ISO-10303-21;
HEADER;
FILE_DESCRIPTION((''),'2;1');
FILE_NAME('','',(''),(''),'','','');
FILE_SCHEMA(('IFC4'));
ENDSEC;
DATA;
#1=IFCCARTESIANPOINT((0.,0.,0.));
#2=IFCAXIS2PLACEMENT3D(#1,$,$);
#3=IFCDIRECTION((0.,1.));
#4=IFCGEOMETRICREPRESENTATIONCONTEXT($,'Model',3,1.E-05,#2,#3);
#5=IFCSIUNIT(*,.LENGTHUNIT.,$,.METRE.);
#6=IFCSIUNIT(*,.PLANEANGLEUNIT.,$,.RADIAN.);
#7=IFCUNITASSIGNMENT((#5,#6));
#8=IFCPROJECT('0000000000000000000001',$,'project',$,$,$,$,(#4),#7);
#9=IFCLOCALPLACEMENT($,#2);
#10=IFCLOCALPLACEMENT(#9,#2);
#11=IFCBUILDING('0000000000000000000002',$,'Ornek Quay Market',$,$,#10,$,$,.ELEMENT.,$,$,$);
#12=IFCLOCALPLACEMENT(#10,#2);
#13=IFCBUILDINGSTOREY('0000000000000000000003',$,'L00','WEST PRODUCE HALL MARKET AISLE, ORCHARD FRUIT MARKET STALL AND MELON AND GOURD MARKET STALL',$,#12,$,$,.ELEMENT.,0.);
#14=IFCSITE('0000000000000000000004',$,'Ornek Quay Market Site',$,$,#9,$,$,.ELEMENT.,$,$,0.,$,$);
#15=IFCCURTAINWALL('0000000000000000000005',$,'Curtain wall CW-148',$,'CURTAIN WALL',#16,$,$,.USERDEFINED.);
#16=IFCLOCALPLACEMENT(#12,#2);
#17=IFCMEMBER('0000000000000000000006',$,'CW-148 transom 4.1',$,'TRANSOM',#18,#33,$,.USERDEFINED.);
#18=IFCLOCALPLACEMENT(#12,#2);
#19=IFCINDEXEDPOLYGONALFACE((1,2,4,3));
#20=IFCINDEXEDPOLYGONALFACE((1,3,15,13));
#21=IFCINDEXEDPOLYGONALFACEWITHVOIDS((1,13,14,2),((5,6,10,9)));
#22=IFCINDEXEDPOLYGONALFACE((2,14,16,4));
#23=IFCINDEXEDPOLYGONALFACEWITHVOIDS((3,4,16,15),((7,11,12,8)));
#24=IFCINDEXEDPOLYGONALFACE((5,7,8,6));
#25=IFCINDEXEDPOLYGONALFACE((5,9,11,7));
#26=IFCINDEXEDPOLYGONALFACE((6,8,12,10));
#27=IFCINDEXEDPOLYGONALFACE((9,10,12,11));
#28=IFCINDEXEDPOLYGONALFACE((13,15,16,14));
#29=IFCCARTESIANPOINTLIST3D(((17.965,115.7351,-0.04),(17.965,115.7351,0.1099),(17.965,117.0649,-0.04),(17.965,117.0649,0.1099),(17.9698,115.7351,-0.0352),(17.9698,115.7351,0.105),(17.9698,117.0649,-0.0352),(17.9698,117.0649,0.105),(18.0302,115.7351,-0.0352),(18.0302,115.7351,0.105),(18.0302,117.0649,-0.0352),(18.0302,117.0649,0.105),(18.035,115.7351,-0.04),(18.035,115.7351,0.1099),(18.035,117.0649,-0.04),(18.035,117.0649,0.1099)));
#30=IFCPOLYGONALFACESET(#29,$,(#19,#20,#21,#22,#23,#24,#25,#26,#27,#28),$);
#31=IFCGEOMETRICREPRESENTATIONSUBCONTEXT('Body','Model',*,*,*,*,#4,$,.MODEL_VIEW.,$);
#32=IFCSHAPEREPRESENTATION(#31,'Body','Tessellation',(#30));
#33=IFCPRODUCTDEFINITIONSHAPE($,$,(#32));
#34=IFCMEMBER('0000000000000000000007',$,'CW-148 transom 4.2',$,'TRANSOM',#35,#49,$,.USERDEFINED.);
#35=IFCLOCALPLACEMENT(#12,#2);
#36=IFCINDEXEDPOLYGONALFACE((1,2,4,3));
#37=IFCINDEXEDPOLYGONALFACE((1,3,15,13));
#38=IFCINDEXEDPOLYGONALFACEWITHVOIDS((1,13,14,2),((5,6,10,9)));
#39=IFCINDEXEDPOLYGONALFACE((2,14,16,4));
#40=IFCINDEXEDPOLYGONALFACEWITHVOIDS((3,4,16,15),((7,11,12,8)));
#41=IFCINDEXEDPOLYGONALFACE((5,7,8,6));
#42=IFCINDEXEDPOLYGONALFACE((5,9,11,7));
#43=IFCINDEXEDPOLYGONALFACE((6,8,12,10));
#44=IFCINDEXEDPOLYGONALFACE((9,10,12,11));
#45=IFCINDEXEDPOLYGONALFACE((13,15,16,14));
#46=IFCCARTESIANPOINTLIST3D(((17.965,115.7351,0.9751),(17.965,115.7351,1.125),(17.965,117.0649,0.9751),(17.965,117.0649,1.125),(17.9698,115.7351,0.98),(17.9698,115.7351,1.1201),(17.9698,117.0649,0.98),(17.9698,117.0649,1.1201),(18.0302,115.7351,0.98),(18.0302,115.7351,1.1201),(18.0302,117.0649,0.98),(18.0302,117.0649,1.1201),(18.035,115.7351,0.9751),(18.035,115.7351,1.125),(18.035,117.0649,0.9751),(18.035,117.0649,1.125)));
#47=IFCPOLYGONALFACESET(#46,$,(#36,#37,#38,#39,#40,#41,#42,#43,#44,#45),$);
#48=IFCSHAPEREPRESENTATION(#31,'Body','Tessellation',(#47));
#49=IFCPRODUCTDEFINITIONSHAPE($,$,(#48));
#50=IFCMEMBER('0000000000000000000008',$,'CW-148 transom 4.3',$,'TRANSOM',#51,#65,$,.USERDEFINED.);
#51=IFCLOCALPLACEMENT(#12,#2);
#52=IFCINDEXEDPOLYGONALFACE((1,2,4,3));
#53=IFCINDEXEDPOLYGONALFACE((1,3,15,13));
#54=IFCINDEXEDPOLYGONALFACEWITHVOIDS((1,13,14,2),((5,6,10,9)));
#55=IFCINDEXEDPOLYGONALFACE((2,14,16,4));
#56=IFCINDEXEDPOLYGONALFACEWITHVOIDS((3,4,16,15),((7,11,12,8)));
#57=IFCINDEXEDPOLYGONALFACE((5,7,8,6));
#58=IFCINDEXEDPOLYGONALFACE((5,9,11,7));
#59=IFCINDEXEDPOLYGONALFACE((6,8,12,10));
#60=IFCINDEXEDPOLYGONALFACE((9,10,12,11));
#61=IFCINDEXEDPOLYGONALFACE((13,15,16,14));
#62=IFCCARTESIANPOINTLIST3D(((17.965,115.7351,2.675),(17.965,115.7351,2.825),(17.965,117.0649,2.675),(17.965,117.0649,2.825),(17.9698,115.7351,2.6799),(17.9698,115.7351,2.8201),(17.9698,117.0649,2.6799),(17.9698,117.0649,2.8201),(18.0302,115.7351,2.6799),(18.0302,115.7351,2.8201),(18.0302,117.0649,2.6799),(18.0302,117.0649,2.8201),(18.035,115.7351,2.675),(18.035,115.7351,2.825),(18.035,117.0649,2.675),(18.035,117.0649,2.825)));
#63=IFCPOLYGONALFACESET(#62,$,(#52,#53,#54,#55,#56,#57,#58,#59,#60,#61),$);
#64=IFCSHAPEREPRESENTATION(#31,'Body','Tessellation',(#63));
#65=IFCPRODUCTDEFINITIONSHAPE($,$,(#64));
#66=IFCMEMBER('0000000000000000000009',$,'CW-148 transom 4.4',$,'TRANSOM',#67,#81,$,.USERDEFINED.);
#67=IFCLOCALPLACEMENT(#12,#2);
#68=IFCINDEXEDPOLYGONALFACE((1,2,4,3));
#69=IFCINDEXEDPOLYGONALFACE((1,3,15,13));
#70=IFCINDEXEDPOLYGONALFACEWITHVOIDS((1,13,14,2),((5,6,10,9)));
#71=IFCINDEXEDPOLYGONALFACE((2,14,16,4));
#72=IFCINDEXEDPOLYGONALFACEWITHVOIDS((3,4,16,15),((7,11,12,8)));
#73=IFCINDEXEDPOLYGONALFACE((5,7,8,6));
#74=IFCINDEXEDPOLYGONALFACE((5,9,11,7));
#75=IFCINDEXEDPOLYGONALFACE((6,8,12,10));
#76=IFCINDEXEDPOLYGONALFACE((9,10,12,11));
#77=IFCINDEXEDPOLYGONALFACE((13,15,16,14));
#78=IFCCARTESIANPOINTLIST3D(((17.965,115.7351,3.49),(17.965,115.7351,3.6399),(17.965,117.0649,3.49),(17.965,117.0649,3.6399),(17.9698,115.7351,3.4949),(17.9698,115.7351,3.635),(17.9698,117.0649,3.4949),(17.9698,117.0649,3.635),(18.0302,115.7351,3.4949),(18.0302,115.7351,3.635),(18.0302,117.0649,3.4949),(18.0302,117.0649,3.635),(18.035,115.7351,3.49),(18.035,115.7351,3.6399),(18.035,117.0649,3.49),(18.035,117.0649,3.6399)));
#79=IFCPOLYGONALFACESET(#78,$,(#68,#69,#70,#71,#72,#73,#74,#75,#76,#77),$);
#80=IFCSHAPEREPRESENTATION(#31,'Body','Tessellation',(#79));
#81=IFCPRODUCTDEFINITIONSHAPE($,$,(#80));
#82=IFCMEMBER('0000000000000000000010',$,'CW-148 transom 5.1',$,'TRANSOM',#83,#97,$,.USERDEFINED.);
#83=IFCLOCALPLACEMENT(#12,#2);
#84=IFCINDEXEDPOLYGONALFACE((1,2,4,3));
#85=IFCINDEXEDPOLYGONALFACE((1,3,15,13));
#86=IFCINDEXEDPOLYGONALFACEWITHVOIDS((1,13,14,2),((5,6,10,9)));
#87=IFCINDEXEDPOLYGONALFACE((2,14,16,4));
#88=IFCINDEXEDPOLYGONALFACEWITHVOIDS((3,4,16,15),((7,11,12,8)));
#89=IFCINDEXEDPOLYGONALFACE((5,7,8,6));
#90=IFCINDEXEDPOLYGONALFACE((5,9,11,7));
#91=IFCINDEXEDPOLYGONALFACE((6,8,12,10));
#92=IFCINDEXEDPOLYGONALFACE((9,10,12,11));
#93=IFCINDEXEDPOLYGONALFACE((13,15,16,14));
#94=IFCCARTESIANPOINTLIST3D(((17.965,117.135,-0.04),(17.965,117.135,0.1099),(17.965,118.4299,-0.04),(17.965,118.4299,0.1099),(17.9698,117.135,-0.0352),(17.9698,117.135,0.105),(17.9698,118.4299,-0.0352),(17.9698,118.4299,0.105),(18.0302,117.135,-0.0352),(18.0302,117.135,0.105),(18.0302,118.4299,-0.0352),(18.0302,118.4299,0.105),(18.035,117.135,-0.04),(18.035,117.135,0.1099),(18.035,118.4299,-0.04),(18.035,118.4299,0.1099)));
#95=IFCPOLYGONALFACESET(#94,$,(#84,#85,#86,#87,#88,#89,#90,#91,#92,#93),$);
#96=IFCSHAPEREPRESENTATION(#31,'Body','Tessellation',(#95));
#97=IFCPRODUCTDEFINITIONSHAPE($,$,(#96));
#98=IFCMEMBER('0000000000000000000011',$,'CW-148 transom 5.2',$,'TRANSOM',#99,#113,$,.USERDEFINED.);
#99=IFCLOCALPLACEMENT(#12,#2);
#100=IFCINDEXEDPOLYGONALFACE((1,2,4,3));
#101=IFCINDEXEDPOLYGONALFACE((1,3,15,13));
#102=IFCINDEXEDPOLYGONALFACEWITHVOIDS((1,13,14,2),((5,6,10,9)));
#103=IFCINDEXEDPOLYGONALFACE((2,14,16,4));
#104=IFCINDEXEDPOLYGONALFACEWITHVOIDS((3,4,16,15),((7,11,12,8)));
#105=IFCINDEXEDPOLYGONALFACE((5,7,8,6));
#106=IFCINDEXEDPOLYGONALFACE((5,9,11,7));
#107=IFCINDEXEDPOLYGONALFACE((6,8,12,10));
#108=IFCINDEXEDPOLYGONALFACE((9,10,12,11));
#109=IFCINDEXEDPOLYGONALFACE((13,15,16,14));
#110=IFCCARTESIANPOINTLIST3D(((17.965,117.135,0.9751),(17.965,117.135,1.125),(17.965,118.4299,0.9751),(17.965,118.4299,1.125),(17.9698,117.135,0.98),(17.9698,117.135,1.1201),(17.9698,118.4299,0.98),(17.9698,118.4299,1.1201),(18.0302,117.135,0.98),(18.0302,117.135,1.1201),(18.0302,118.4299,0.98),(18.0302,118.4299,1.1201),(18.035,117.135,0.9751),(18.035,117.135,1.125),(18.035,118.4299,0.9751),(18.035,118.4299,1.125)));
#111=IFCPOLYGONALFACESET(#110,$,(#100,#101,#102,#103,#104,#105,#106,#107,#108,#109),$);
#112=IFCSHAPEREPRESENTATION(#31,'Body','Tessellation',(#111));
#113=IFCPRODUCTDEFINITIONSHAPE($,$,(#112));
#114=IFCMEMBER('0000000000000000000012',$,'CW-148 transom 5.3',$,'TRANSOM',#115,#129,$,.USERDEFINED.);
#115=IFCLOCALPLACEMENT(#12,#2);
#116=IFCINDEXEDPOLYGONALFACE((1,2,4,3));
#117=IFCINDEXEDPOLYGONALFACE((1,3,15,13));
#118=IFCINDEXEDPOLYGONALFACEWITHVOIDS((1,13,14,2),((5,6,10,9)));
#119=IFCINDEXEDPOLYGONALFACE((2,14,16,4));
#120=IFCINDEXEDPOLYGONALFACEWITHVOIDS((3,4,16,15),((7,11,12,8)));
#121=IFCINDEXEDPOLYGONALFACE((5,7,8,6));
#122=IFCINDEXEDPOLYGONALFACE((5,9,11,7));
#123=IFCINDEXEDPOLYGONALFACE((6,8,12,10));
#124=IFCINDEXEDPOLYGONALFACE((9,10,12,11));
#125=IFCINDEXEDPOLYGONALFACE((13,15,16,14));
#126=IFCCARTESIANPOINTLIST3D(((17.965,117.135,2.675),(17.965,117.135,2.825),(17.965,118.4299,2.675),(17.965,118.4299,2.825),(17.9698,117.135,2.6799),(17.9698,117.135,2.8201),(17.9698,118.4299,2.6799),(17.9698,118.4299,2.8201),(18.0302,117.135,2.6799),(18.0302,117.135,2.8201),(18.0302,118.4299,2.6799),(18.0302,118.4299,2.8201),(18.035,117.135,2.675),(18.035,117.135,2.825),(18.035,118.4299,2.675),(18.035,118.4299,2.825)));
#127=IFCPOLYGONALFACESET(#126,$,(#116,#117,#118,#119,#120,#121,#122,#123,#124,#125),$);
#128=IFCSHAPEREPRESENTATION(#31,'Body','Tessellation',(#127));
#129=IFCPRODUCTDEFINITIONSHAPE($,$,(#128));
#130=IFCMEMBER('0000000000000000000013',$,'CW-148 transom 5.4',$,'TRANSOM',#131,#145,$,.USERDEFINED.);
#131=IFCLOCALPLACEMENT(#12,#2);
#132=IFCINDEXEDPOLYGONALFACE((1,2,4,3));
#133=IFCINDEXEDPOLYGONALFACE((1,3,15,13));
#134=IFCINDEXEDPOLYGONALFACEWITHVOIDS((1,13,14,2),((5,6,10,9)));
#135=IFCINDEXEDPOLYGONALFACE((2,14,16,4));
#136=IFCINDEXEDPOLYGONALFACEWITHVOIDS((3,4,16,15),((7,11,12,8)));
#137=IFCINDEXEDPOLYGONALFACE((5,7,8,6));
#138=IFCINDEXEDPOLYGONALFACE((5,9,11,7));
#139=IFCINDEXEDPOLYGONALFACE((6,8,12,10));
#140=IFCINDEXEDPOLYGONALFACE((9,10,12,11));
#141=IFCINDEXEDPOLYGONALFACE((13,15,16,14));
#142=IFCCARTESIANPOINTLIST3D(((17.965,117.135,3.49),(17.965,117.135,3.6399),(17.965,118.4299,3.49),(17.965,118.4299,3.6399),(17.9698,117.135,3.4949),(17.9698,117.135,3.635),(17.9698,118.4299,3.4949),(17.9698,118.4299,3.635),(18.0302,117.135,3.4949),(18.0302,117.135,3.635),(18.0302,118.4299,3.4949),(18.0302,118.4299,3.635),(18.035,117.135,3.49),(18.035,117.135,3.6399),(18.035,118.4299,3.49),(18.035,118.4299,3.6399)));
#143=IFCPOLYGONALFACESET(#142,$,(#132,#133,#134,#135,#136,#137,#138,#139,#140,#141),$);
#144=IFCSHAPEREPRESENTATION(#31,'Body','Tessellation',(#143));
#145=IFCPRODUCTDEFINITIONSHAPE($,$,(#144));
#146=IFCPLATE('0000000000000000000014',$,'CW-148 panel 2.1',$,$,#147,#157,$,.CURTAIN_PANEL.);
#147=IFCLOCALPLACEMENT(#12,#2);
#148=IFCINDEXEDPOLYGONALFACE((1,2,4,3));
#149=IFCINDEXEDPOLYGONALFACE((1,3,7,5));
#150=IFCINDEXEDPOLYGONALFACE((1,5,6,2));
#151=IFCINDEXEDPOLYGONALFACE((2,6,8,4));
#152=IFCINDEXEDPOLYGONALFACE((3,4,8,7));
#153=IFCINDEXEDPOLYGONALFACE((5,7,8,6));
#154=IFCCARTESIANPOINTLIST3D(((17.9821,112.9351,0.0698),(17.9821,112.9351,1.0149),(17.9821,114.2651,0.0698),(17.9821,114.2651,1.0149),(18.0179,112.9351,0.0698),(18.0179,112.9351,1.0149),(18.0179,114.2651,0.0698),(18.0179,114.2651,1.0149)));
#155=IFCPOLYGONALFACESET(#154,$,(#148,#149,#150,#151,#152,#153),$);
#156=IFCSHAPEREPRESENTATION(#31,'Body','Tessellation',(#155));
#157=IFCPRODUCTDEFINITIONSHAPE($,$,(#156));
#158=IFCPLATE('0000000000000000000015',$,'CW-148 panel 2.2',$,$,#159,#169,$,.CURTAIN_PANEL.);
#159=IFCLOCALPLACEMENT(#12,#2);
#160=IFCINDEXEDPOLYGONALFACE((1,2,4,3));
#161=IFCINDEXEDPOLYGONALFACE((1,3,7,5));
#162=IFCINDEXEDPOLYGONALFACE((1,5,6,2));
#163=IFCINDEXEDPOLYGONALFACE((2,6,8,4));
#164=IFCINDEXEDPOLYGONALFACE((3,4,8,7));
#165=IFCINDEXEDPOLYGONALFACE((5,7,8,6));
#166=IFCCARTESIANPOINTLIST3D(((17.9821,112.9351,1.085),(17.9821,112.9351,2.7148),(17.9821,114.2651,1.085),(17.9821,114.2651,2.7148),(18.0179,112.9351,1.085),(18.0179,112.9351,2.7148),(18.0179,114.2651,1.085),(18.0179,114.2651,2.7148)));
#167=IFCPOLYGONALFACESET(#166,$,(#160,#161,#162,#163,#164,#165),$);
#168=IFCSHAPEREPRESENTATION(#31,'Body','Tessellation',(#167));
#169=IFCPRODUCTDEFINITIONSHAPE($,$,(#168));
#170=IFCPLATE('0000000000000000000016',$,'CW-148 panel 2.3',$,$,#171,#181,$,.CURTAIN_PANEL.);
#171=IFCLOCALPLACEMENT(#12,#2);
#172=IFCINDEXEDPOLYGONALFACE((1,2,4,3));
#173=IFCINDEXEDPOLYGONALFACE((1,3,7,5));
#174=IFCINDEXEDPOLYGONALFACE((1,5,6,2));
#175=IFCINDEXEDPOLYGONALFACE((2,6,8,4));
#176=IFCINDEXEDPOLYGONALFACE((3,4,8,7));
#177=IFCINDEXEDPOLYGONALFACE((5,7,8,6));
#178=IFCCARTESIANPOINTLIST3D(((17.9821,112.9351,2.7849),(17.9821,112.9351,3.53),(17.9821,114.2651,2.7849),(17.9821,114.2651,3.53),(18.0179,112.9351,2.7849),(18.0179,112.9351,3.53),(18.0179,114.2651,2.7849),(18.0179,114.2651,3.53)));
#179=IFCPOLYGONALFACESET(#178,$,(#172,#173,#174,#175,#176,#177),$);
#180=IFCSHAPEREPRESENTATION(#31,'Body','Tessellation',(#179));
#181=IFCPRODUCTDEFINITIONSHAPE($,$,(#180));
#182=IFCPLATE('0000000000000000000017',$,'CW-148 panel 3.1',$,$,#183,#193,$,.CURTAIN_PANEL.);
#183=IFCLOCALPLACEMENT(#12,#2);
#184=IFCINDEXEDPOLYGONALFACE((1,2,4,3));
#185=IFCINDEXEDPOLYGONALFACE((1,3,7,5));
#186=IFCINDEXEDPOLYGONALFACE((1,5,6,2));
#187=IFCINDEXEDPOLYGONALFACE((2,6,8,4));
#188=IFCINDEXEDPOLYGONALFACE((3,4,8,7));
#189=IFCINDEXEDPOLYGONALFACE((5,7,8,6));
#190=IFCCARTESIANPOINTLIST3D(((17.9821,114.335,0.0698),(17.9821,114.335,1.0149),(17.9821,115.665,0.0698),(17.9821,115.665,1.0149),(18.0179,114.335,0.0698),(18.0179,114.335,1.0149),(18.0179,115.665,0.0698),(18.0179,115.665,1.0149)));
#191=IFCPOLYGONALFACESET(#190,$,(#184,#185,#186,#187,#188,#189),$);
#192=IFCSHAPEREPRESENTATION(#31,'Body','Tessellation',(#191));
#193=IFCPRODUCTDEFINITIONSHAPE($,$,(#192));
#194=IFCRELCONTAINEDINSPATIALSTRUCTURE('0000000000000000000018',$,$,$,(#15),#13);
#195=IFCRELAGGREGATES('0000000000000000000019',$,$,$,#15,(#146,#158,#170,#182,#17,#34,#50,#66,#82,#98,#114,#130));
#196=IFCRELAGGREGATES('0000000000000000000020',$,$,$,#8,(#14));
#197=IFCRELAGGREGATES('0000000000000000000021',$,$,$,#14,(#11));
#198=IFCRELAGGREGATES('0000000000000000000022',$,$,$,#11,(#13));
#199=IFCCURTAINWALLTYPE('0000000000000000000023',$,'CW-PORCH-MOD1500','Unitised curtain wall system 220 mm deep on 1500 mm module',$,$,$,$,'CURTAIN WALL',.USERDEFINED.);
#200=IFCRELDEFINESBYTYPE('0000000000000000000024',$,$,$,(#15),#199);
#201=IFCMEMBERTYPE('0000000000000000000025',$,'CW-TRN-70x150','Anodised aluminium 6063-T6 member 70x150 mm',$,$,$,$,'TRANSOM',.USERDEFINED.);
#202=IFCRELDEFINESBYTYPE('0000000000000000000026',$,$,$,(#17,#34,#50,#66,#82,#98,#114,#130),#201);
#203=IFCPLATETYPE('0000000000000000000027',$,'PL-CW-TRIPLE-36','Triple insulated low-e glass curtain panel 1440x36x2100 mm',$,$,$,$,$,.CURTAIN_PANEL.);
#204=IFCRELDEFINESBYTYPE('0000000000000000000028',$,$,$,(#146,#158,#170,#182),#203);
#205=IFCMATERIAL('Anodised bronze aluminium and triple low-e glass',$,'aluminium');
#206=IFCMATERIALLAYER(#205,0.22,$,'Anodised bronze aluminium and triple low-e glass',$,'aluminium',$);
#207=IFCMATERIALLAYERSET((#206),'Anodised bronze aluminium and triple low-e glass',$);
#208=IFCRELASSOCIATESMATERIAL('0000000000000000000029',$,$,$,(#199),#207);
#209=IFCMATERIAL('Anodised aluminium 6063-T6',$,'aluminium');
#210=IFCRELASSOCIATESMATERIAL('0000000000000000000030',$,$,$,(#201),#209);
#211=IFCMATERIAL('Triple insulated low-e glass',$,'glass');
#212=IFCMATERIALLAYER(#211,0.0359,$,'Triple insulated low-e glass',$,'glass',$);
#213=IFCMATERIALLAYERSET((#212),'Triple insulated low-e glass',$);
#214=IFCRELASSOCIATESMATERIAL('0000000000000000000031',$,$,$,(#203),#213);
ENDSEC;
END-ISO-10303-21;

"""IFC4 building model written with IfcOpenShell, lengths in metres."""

from ifc_helpers import new_model, si_unit, direction, frame, origin, origin_2d, place, context, subcontext, project, spatial, rectangle, hollow_rectangle, extrude, material, layer, layer_set, material_profile, profile_set, type_object, element, aggregate, save


model = new_model("IFC4")

# Units and contexts
model_context = context("Model", 3, precision=1e-05, world=origin(), true_north=direction((0.0, 1.0)))
body_context = subcontext(model_context, "Body", "Model", "MODEL_VIEW")
ifc_project = project(units=[si_unit("LENGTHUNIT", "METRE"), si_unit("PLANEANGLEUNIT", "RADIAN")], contexts=[model_context])

# Site, building, storey
site_placement = place(None, origin())
site = spatial("IfcSite", under=ifc_project, at=site_placement, Name="Ornek Quay Market Site", CompositionType="ELEMENT", RefElevation=0.0)
building_placement = place(site_placement, origin())
building = spatial("IfcBuilding", under=site, at=building_placement, Name="Ornek Quay Market", CompositionType="ELEMENT")
storey_placement = place(building_placement, origin())
storey = spatial("IfcBuildingStorey", under=building, at=storey_placement, Name="L00", Description="WEST PRODUCE HALL MARKET AISLE, ORCHARD FRUIT MARKET STALL AND MELON AND GOURD MARKET STALL", CompositionType="ELEMENT", Elevation=0.0)

# Curtain wall, members, plates
ifc_material_1 = material(Name="Anodised bronze aluminium and triple low-e glass", Category="aluminium")
ifc_layer_1 = layer(ifc_material_1, 0.22, Name="Anodised bronze aluminium and triple low-e glass", Category="aluminium")
ifc_layer_set_1 = layer_set([ifc_layer_1], Name="Anodised bronze aluminium and triple low-e glass")
curtain_wall_type = type_object("IfcCurtainWallType", Name="CW-PORCH-MOD1500", Description="Unitised curtain wall system 220 mm deep on 1500 mm module", ElementType="CURTAIN WALL", PredefinedType="USERDEFINED", material=ifc_layer_set_1)
curtain_wall_placement = place(storey_placement, origin())
curtain_wall = element("IfcCurtainWall", 1, at=curtain_wall_placement, inside=storey, type_object=curtain_wall_type, Name="Curtain wall CW-148", ObjectType="CURTAIN WALL", PredefinedType="USERDEFINED")
ifc_material_2 = material(Name="Anodised aluminium 6063-T6", Category="aluminium")
ifc_material_profile_1 = material_profile(ifc_material_2, hollow_rectangle(XDim=0.0701, YDim=0.1499, WallThickness=0.0049, at=origin_2d()), Name="CW-TRN-70x150", Category="aluminium")
ifc_profile_set_1 = profile_set([ifc_material_profile_1], Name="Anodised aluminium 6063-T6")
member_type_1 = type_object("IfcMemberType", Name="CW-TRN-70x150", Description="Anodised aluminium 6063-T6 member 70x150 mm", ElementType="TRANSOM", PredefinedType="USERDEFINED", material=ifc_profile_set_1)
member_1_placement = place(storey_placement, frame((18.0, 115.7351, 0.0349), z_axis=(0.0, 1.0, 0.0), x_axis=(-1.0, 0.0, 0.0)))
member_1 = element("IfcMember", 2, at=member_1_placement, type_object=member_type_1, Name="CW-148 transom 4.1", ObjectType="TRANSOM", PredefinedType="USERDEFINED", context=body_context, shape_type="SweptSolid", body=[
    extrude(hollow_rectangle(XDim=0.0701, YDim=0.1499, WallThickness=0.0049, at=origin_2d()), origin(), (0.0, 0.0, 1.0), 1.3298),
])
member_2_placement = place(storey_placement, frame((18.0, 115.7351, 1.05), z_axis=(0.0, 1.0, 0.0), x_axis=(-1.0, 0.0, 0.0)))
member_2 = element("IfcMember", 3, at=member_2_placement, type_object=member_type_1, Name="CW-148 transom 4.2", ObjectType="TRANSOM", PredefinedType="USERDEFINED", context=body_context, shape_type="SweptSolid", body=[
    extrude(hollow_rectangle(XDim=0.0701, YDim=0.1499, WallThickness=0.0049, at=origin_2d()), origin(), (0.0, 0.0, 1.0), 1.3298),
])
member_3_placement = place(storey_placement, frame((18.0, 115.7351, 2.75), z_axis=(0.0, 1.0, 0.0), x_axis=(-1.0, 0.0, 0.0)))
member_3 = element("IfcMember", 4, at=member_3_placement, type_object=member_type_1, Name="CW-148 transom 4.3", ObjectType="TRANSOM", PredefinedType="USERDEFINED", context=body_context, shape_type="SweptSolid", body=[
    extrude(hollow_rectangle(XDim=0.0701, YDim=0.1499, WallThickness=0.0049, at=origin_2d()), origin(), (0.0, 0.0, 1.0), 1.3298),
])
member_4_placement = place(storey_placement, frame((18.0, 115.7351, 3.5649), z_axis=(0.0, 1.0, 0.0), x_axis=(-1.0, 0.0, 0.0)))
member_4 = element("IfcMember", 5, at=member_4_placement, type_object=member_type_1, Name="CW-148 transom 4.4", ObjectType="TRANSOM", PredefinedType="USERDEFINED", context=body_context, shape_type="SweptSolid", body=[
    extrude(hollow_rectangle(XDim=0.0701, YDim=0.1499, WallThickness=0.0049, at=origin_2d()), origin(), (0.0, 0.0, 1.0), 1.3298),
])
member_5_placement = place(storey_placement, frame((18.0, 117.135, 0.0349), z_axis=(0.0, 1.0, 0.0), x_axis=(-1.0, 0.0, 0.0)))
member_5 = element("IfcMember", 6, at=member_5_placement, type_object=member_type_1, Name="CW-148 transom 5.1", ObjectType="TRANSOM", PredefinedType="USERDEFINED", context=body_context, shape_type="SweptSolid", body=[
    extrude(hollow_rectangle(XDim=0.0701, YDim=0.1499, WallThickness=0.0049, at=origin_2d()), origin(), (0.0, 0.0, 1.0), 1.2949),
])
member_6_placement = place(storey_placement, frame((18.0, 117.135, 1.05), z_axis=(0.0, 1.0, 0.0), x_axis=(-1.0, 0.0, 0.0)))
member_6 = element("IfcMember", 7, at=member_6_placement, type_object=member_type_1, Name="CW-148 transom 5.2", ObjectType="TRANSOM", PredefinedType="USERDEFINED", context=body_context, shape_type="SweptSolid", body=[
    extrude(hollow_rectangle(XDim=0.0701, YDim=0.1499, WallThickness=0.0049, at=origin_2d()), origin(), (0.0, 0.0, 1.0), 1.2949),
])
member_7_placement = place(storey_placement, frame((18.0, 117.135, 2.75), z_axis=(0.0, 1.0, 0.0), x_axis=(-1.0, 0.0, 0.0)))
member_7 = element("IfcMember", 8, at=member_7_placement, type_object=member_type_1, Name="CW-148 transom 5.3", ObjectType="TRANSOM", PredefinedType="USERDEFINED", context=body_context, shape_type="SweptSolid", body=[
    extrude(hollow_rectangle(XDim=0.0701, YDim=0.1499, WallThickness=0.0049, at=origin_2d()), origin(), (0.0, 0.0, 1.0), 1.2949),
])
member_8_placement = place(storey_placement, frame((18.0, 117.135, 3.5649), z_axis=(0.0, 1.0, 0.0), x_axis=(-1.0, 0.0, 0.0)))
member_8 = element("IfcMember", 9, at=member_8_placement, type_object=member_type_1, Name="CW-148 transom 5.4", ObjectType="TRANSOM", PredefinedType="USERDEFINED", context=body_context, shape_type="SweptSolid", body=[
    extrude(hollow_rectangle(XDim=0.0701, YDim=0.1499, WallThickness=0.0049, at=origin_2d()), origin(), (0.0, 0.0, 1.0), 1.2949),
])
ifc_material_3 = material(Name="Triple insulated low-e glass", Category="glass")
ifc_layer_2 = layer(ifc_material_3, 0.0359, Name="Triple insulated low-e glass", Category="glass")
ifc_layer_set_2 = layer_set([ifc_layer_2], Name="Triple insulated low-e glass")
plate_type_1 = type_object("IfcPlateType", Name="PL-CW-TRIPLE-36", Description="Triple insulated low-e glass curtain panel 1440x36x2100 mm", PredefinedType="CURTAIN_PANEL", material=ifc_layer_set_2)
plate_1_placement = place(storey_placement, frame((18.0, 113.6001, 0.0698), z_axis=(0.0, 0.0, 1.0), x_axis=(0.0, 1.0, 0.0)))
plate_1 = element("IfcPlate", 10, at=plate_1_placement, type_object=plate_type_1, Name="CW-148 panel 2.1", PredefinedType="CURTAIN_PANEL", context=body_context, shape_type="SweptSolid", body=[
    extrude(rectangle(XDim=1.3301, YDim=0.0359, at=origin_2d()), origin(), (0.0, 0.0, 1.0), 0.9451),
])
plate_2_placement = place(storey_placement, frame((18.0, 113.6001, 1.085), z_axis=(0.0, 0.0, 1.0), x_axis=(0.0, 1.0, 0.0)))
plate_2 = element("IfcPlate", 11, at=plate_2_placement, type_object=plate_type_1, Name="CW-148 panel 2.2", PredefinedType="CURTAIN_PANEL", context=body_context, shape_type="SweptSolid", body=[
    extrude(rectangle(XDim=1.3301, YDim=0.0359, at=origin_2d()), origin(), (0.0, 0.0, 1.0), 1.6299),
])
plate_3_placement = place(storey_placement, frame((18.0, 113.6001, 2.7849), z_axis=(0.0, 0.0, 1.0), x_axis=(0.0, 1.0, 0.0)))
plate_3 = element("IfcPlate", 12, at=plate_3_placement, type_object=plate_type_1, Name="CW-148 panel 2.3", PredefinedType="CURTAIN_PANEL", context=body_context, shape_type="SweptSolid", body=[
    extrude(rectangle(XDim=1.3301, YDim=0.0359, at=origin_2d()), origin(), (0.0, 0.0, 1.0), 0.7451),
])
plate_4_placement = place(storey_placement, frame((18.0, 115.0, 0.0698), z_axis=(0.0, 0.0, 1.0), x_axis=(0.0, 1.0, 0.0)))
plate_4 = element("IfcPlate", 13, at=plate_4_placement, type_object=plate_type_1, Name="CW-148 panel 3.1", PredefinedType="CURTAIN_PANEL", context=body_context, shape_type="SweptSolid", body=[
    extrude(rectangle(XDim=1.3301, YDim=0.0359, at=origin_2d()), origin(), (0.0, 0.0, 1.0), 0.9451),
])
aggregate(curtain_wall, [plate_1, plate_2, plate_3, plate_4, member_1, member_2, member_3, member_4, member_5, member_6, member_7, member_8])

save(model, "model.ifc")
